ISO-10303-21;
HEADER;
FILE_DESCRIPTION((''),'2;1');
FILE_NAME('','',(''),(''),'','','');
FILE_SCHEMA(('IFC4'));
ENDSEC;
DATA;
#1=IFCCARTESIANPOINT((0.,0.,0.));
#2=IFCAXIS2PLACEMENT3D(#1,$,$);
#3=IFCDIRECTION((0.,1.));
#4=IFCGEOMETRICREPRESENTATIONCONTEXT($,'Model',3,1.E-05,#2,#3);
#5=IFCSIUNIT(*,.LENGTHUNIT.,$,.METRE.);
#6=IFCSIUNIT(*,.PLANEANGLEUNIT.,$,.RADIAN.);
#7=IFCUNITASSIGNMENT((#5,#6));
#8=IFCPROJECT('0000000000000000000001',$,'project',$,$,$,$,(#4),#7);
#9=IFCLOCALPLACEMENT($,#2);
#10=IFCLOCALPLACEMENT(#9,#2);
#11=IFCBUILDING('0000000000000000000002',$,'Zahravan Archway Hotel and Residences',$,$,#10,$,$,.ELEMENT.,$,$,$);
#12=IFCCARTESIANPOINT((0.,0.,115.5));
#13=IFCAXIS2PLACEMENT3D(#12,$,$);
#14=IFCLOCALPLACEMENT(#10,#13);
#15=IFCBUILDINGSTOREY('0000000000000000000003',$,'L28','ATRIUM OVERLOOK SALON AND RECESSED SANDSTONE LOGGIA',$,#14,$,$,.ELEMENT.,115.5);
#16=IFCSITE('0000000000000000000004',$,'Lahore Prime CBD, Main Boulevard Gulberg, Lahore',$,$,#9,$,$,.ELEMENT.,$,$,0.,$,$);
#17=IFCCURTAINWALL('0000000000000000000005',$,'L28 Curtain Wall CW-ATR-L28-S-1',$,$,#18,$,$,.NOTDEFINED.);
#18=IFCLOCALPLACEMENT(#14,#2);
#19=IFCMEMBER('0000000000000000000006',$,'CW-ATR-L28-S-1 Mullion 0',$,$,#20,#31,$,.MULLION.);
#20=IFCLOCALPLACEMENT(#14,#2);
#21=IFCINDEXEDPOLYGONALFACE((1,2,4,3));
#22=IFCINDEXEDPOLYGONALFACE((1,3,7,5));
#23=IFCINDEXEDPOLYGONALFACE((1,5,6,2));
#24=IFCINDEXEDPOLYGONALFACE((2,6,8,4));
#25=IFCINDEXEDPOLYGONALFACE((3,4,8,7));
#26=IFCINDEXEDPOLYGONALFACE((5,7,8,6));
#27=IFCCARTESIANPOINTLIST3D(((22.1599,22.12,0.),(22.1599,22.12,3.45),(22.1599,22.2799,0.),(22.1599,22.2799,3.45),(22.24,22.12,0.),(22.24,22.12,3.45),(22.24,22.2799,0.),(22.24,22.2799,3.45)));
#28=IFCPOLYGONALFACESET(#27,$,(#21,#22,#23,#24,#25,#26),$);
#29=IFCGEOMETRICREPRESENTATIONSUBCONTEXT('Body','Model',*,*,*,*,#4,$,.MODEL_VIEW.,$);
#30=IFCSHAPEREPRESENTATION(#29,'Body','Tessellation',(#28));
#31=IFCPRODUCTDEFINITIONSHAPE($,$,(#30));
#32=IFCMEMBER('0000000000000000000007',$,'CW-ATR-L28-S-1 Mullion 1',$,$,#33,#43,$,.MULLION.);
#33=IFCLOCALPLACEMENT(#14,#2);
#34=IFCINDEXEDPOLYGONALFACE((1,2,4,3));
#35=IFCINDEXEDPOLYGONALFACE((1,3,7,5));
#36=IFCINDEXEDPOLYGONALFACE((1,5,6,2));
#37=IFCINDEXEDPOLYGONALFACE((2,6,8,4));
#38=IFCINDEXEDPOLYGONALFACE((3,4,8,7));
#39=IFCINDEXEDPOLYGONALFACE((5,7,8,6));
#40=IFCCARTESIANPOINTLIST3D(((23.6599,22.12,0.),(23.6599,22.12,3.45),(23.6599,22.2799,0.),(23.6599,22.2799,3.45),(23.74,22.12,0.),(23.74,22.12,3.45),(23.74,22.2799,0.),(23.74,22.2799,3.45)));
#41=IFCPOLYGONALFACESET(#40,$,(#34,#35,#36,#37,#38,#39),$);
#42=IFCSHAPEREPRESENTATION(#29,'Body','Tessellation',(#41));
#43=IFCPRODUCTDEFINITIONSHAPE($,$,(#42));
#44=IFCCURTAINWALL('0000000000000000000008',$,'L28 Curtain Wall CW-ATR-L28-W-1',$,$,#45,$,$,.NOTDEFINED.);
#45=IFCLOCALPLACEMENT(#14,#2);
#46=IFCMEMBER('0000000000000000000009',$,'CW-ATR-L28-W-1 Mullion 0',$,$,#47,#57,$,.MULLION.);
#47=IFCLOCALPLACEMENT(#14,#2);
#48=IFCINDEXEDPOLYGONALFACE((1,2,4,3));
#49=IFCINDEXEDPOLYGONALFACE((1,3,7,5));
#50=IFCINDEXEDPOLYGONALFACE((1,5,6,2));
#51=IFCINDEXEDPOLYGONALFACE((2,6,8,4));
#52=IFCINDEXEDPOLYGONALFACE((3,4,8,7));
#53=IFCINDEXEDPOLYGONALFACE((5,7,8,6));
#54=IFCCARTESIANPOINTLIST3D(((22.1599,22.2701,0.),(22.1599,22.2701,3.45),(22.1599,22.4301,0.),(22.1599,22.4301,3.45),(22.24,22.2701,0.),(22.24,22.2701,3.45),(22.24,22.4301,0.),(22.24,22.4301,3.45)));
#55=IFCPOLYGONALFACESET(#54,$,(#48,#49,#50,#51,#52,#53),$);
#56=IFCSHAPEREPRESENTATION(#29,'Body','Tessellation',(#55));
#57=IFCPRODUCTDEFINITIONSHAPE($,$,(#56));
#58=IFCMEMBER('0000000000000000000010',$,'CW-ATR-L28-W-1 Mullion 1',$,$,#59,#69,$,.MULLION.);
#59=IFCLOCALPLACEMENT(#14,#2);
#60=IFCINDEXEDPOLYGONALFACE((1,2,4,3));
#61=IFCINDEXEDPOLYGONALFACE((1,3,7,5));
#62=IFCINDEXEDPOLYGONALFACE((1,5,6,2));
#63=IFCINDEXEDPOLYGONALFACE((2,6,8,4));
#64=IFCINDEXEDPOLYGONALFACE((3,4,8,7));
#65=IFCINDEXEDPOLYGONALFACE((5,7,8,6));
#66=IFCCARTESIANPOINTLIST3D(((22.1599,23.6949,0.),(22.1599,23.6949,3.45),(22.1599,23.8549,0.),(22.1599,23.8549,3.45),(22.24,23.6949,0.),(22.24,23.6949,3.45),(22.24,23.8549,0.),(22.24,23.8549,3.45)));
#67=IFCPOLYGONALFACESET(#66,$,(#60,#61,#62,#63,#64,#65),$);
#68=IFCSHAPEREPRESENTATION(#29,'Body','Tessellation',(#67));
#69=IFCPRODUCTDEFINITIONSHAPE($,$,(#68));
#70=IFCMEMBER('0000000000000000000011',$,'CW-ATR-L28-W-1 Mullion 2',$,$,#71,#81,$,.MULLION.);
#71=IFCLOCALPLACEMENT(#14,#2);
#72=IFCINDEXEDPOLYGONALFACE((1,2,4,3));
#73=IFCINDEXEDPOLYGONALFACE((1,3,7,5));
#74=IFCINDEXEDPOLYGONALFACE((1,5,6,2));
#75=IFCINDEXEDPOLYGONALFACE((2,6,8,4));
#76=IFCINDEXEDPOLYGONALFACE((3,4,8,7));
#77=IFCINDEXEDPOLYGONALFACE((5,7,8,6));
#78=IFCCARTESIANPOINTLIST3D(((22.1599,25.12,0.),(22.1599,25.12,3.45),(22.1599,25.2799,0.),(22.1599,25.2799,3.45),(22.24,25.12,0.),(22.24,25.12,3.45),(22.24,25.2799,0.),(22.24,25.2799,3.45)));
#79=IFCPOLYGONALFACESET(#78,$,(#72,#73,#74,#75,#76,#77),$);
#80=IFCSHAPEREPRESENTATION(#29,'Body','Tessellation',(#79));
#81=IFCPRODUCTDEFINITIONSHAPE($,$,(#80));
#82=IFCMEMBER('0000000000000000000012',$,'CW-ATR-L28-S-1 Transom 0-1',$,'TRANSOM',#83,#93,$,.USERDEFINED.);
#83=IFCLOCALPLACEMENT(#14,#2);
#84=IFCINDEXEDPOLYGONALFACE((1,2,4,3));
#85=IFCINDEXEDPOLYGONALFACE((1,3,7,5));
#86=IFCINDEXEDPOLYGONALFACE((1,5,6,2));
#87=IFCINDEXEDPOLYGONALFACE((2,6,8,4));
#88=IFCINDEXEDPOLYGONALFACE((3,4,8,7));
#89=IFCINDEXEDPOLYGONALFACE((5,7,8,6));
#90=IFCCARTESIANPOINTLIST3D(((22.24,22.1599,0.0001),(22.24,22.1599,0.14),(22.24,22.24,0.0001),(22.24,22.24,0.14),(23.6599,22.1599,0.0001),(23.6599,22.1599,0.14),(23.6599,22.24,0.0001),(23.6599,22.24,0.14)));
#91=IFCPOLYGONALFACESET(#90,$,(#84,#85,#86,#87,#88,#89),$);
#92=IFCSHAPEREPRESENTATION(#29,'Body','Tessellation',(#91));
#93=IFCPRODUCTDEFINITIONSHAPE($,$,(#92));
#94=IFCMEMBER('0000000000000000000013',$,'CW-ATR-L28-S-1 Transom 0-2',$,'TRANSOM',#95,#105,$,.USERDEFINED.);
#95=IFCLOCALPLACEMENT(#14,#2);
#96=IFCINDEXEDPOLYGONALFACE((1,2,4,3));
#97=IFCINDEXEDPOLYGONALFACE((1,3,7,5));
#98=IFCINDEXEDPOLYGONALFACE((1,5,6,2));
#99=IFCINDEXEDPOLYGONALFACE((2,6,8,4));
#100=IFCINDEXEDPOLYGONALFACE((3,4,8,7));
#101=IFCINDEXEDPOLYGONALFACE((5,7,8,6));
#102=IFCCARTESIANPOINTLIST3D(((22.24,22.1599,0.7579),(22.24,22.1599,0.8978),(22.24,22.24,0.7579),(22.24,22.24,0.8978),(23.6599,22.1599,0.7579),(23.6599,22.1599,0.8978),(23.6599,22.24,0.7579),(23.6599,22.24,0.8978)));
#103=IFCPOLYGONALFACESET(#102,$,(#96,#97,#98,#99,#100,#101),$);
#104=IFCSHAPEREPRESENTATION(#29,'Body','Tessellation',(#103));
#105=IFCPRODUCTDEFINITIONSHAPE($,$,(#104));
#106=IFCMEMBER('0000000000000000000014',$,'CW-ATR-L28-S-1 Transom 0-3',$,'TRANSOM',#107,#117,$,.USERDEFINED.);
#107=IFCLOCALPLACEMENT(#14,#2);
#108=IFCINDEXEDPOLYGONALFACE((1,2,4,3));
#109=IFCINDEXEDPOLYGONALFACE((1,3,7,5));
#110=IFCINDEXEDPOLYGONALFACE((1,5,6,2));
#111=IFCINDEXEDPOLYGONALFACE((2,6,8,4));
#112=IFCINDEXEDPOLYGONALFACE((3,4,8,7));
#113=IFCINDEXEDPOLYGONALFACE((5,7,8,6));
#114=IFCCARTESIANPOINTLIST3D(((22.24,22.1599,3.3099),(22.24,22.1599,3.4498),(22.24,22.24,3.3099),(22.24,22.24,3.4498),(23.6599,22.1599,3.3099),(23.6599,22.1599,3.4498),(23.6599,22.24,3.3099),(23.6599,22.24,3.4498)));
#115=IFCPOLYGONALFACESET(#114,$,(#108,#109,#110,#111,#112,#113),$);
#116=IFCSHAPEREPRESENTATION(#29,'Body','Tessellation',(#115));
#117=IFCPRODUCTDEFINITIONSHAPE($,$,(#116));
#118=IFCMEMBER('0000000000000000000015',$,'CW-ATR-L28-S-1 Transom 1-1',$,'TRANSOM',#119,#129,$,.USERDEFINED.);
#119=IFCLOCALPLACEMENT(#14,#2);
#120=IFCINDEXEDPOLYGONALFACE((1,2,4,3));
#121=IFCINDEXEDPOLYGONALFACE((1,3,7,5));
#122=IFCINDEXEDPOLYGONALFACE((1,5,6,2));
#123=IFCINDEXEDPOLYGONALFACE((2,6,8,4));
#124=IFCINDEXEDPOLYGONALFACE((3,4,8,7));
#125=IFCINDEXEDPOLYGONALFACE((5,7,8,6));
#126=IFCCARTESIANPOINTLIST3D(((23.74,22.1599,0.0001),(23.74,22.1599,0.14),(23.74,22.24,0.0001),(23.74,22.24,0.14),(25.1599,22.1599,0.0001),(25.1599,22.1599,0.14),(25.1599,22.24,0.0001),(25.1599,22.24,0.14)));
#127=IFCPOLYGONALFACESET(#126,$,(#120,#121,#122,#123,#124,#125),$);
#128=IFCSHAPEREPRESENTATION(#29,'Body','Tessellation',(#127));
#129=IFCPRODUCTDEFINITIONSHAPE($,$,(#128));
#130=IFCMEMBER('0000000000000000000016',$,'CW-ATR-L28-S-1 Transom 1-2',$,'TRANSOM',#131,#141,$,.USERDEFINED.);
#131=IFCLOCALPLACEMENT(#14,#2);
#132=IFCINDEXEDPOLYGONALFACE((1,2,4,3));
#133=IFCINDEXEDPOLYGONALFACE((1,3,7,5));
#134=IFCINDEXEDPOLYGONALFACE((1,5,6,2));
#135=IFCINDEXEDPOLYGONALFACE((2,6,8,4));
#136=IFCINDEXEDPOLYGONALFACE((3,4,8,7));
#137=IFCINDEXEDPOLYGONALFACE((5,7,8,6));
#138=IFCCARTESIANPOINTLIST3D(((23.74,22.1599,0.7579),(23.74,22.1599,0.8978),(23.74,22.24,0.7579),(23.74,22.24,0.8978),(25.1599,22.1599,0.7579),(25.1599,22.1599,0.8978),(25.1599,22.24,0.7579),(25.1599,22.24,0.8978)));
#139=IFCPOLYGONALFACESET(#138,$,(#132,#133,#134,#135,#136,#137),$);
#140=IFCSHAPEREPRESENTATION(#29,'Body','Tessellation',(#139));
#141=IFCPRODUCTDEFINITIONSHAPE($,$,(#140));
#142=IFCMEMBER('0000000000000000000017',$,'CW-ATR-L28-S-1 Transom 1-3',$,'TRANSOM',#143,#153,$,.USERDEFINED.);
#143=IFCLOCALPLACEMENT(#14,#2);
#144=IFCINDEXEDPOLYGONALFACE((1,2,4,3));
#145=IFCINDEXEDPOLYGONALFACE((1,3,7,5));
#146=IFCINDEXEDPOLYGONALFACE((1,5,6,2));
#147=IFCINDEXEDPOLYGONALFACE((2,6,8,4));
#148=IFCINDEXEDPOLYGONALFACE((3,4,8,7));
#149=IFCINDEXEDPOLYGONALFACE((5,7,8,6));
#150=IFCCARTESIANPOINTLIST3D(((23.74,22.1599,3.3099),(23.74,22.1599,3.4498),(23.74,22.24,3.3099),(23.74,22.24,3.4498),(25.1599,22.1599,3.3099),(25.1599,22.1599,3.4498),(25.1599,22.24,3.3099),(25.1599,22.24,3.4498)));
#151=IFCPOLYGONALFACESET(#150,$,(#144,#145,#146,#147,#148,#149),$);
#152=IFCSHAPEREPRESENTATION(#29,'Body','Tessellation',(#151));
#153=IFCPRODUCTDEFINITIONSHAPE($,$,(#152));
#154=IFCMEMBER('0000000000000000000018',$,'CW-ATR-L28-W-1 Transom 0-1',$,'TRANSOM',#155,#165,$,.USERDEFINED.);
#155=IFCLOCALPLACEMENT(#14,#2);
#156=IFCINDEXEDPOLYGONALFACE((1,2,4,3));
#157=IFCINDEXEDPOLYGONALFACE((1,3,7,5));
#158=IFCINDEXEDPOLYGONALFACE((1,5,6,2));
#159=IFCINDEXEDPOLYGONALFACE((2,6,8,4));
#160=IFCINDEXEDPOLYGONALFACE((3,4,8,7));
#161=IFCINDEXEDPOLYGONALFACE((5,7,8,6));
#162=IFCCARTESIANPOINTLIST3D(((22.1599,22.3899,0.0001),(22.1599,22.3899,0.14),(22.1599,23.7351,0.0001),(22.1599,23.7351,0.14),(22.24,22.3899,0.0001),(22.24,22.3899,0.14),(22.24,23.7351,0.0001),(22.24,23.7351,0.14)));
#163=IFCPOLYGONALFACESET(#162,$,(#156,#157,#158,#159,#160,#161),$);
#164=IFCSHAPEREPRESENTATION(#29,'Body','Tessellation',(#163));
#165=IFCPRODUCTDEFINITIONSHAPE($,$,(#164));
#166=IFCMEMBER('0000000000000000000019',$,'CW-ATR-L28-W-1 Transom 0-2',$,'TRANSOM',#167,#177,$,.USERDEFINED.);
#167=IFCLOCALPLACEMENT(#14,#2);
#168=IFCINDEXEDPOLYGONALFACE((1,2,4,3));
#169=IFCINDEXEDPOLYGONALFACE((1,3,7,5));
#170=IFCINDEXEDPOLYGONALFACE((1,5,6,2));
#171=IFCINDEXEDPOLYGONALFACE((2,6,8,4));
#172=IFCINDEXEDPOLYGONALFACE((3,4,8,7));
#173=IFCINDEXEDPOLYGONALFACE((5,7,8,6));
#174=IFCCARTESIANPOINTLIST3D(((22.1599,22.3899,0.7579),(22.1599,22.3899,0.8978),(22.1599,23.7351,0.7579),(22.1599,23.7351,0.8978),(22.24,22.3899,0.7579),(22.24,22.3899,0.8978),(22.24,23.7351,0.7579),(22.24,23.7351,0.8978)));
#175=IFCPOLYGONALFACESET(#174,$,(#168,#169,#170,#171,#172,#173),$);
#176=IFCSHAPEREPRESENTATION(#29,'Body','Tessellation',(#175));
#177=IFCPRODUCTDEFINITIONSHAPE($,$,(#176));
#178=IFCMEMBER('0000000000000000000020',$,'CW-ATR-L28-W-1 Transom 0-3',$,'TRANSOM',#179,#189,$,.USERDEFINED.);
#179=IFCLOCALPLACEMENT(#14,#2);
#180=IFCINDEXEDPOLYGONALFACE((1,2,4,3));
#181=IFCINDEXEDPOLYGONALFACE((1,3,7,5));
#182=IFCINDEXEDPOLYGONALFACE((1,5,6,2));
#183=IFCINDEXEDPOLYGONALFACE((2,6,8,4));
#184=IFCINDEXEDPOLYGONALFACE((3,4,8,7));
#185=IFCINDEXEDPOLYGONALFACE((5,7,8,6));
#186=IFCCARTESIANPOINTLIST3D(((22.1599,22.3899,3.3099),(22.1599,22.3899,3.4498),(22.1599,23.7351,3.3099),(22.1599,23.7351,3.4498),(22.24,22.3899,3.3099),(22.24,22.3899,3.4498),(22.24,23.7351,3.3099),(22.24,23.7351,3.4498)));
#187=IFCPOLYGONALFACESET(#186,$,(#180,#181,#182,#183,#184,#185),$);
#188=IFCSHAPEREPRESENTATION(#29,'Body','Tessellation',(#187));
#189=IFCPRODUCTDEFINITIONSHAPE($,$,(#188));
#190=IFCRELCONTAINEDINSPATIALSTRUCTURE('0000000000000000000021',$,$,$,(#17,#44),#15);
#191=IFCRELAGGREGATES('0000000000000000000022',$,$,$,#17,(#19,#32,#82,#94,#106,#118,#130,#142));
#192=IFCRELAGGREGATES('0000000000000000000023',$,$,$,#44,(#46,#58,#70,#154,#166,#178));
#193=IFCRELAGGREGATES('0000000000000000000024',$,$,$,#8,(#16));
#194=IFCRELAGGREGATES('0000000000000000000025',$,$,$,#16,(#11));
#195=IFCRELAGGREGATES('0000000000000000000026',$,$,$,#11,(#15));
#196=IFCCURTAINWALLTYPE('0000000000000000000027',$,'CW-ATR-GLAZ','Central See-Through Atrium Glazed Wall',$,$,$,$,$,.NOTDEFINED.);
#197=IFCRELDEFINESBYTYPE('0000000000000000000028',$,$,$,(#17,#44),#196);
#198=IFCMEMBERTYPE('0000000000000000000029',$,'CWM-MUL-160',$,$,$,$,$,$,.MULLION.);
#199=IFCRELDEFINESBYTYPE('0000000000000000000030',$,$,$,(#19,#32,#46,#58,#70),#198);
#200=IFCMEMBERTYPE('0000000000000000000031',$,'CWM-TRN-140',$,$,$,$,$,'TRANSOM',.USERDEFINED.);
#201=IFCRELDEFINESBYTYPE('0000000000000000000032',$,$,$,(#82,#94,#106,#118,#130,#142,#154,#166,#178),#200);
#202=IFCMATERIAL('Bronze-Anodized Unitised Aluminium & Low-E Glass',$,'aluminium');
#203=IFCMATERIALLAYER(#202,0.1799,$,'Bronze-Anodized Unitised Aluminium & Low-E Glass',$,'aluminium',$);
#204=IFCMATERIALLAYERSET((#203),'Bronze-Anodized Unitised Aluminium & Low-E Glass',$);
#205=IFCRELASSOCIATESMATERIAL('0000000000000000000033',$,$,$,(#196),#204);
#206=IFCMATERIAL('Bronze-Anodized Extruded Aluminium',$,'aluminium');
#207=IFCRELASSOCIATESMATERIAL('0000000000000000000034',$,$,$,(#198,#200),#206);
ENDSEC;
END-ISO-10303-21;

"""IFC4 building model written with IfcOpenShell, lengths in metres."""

from ifc_helpers import new_model, si_unit, direction, frame, origin, origin_2d, place, context, subcontext, project, spatial, rectangle, extrude, source, transform, mapped, material, layer, layer_set, material_profile, profile_set, type_object, element, aggregate, save


model = new_model("IFC4")

# Units and contexts
model_context = context("Model", 3, precision=1e-05, world=origin(), true_north=direction((0.0, 1.0)))
body_context = subcontext(model_context, "Body", "Model", "MODEL_VIEW")
ifc_project = project(units=[si_unit("LENGTHUNIT", "METRE"), si_unit("PLANEANGLEUNIT", "RADIAN")], contexts=[model_context])

# Site, building, storey
site_placement = place(None, origin())
site = spatial("IfcSite", under=ifc_project, at=site_placement, Name="Lahore Prime CBD, Main Boulevard Gulberg, Lahore", CompositionType="ELEMENT", RefElevation=0.0)
building_placement = place(site_placement, origin())
building = spatial("IfcBuilding", under=site, at=building_placement, Name="Zahravan Archway Hotel and Residences", CompositionType="ELEMENT")
storey_placement = place(building_placement, frame((0.0, 0.0, 115.5)))
storey = spatial("IfcBuildingStorey", under=building, at=storey_placement, Name="L28", Description="ATRIUM OVERLOOK SALON AND RECESSED SANDSTONE LOGGIA", CompositionType="ELEMENT", Elevation=115.5)

# Curtain walls, members
ifc_material_1 = material(Name="Bronze-Anodized Unitised Aluminium & Low-E Glass", Category="aluminium")
ifc_layer_1 = layer(ifc_material_1, 0.1799, Name="Bronze-Anodized Unitised Aluminium & Low-E Glass", Category="aluminium")
ifc_layer_set_1 = layer_set([ifc_layer_1], Name="Bronze-Anodized Unitised Aluminium & Low-E Glass")
curtain_wall_type = type_object("IfcCurtainWallType", Name="CW-ATR-GLAZ", Description="Central See-Through Atrium Glazed Wall", PredefinedType="NOTDEFINED", material=ifc_layer_set_1)
curtain_wall_1_placement = place(storey_placement, origin())
curtain_wall_1 = element("IfcCurtainWall", 1, at=curtain_wall_1_placement, inside=storey, type_object=curtain_wall_type, Name="L28 Curtain Wall CW-ATR-L28-S-1", PredefinedType="NOTDEFINED")
ifc_material_2 = material(Name="Bronze-Anodized Extruded Aluminium", Category="aluminium")
ifc_material_profile_1 = material_profile(ifc_material_2, rectangle(XDim=0.0801, YDim=0.1599, at=origin_2d()), Name="MUL 80x160", Category="aluminium")
ifc_profile_set_1 = profile_set([ifc_material_profile_1], Name="Bronze-Anodized Extruded Aluminium")
member_type_1 = type_object("IfcMemberType", Name="CWM-MUL-160", PredefinedType="MULLION", material=ifc_profile_set_1)
shared_shape_1 = source(origin(), body_context, "Body", "SweptSolid", [
    extrude(rectangle(XDim=0.0801, YDim=0.1599, at=origin_2d()), origin(), (0.0, 0.0, 1.0), 3.45),
])
member_1_placement = place(storey_placement, frame((22.2, 22.2, 0.0), z_axis=(0.0, 0.0, 1.0), x_axis=(1.0, 0.0, 0.0)))
member_1 = element("IfcMember", 2, at=member_1_placement, type_object=member_type_1, Name="CW-ATR-L28-S-1 Mullion 0", PredefinedType="MULLION", context=body_context, shape_type="MappedRepresentation", body=[
    mapped(shared_shape_1, transform((0.0, 0.0, 0.0), scale=1.0)),
])
member_2_placement = place(storey_placement, frame((23.7, 22.2, 0.0), z_axis=(0.0, 0.0, 1.0), x_axis=(1.0, 0.0, 0.0)))
member_2 = element("IfcMember", 3, at=member_2_placement, type_object=member_type_1, Name="CW-ATR-L28-S-1 Mullion 1", PredefinedType="MULLION", context=body_context, shape_type="MappedRepresentation", body=[
    mapped(shared_shape_1, transform((0.0, 0.0, 0.0), scale=1.0)),
])
curtain_wall_2_placement = place(storey_placement, origin())
curtain_wall_2 = element("IfcCurtainWall", 4, at=curtain_wall_2_placement, inside=storey, type_object=curtain_wall_type, Name="L28 Curtain Wall CW-ATR-L28-W-1", PredefinedType="NOTDEFINED")
member_3_placement = place(storey_placement, frame((22.2, 22.3501, 0.0), z_axis=(0.0, 0.0, 1.0), x_axis=(1.0, 0.0, 0.0)))
member_3 = element("IfcMember", 5, at=member_3_placement, type_object=member_type_1, Name="CW-ATR-L28-W-1 Mullion 0", PredefinedType="MULLION", context=body_context, shape_type="MappedRepresentation", body=[
    mapped(shared_shape_1, transform((0.0, 0.0, 0.0), scale=1.0)),
])
member_4_placement = place(storey_placement, frame((22.2, 23.7749, 0.0), z_axis=(0.0, 0.0, 1.0), x_axis=(1.0, 0.0, 0.0)))
member_4 = element("IfcMember", 6, at=member_4_placement, type_object=member_type_1, Name="CW-ATR-L28-W-1 Mullion 1", PredefinedType="MULLION", context=body_context, shape_type="MappedRepresentation", body=[
    mapped(shared_shape_1, transform((0.0, 0.0, 0.0), scale=1.0)),
])
member_5_placement = place(storey_placement, frame((22.2, 25.2, 0.0), z_axis=(0.0, 0.0, 1.0), x_axis=(1.0, 0.0, 0.0)))
member_5 = element("IfcMember", 7, at=member_5_placement, type_object=member_type_1, Name="CW-ATR-L28-W-1 Mullion 2", PredefinedType="MULLION", context=body_context, shape_type="MappedRepresentation", body=[
    mapped(shared_shape_1, transform((0.0, 0.0, 0.0), scale=1.0)),
])

# Members
ifc_material_profile_2 = material_profile(ifc_material_2, rectangle(XDim=0.0801, YDim=0.1399, at=origin_2d()), Name="TRN 80x140", Category="aluminium")
ifc_profile_set_2 = profile_set([ifc_material_profile_2], Name="Bronze-Anodized Extruded Aluminium")
member_type_2 = type_object("IfcMemberType", Name="CWM-TRN-140", ElementType="TRANSOM", PredefinedType="USERDEFINED", material=ifc_profile_set_2)
shared_shape_2 = source(origin(), body_context, "Body", "SweptSolid", [
    extrude(rectangle(XDim=0.0801, YDim=0.1399, at=origin_2d()), origin(), (0.0, 0.0, 1.0), 1.4199),
])
member_6_placement = place(storey_placement, frame((22.24, 22.2, 0.0701), z_axis=(1.0, 0.0, 0.0), x_axis=(0.0, 1.0, 0.0)))
member_6 = element("IfcMember", 8, at=member_6_placement, type_object=member_type_2, Name="CW-ATR-L28-S-1 Transom 0-1", ObjectType="TRANSOM", PredefinedType="USERDEFINED", context=body_context, shape_type="MappedRepresentation", body=[
    mapped(shared_shape_2, transform((0.0, 0.0, 0.0), scale=1.0)),
])
member_7_placement = place(storey_placement, frame((22.24, 22.2, 0.8279), z_axis=(1.0, 0.0, 0.0), x_axis=(0.0, 1.0, 0.0)))
member_7 = element("IfcMember", 9, at=member_7_placement, type_object=member_type_2, Name="CW-ATR-L28-S-1 Transom 0-2", ObjectType="TRANSOM", PredefinedType="USERDEFINED", context=body_context, shape_type="MappedRepresentation", body=[
    mapped(shared_shape_2, transform((0.0, 0.0, 0.0), scale=1.0)),
])
member_8_placement = place(storey_placement, frame((22.24, 22.2, 3.3799), z_axis=(1.0, 0.0, 0.0), x_axis=(0.0, 1.0, 0.0)))
member_8 = element("IfcMember", 10, at=member_8_placement, type_object=member_type_2, Name="CW-ATR-L28-S-1 Transom 0-3", ObjectType="TRANSOM", PredefinedType="USERDEFINED", context=body_context, shape_type="MappedRepresentation", body=[
    mapped(shared_shape_2, transform((0.0, 0.0, 0.0), scale=1.0)),
])
member_9_placement = place(storey_placement, frame((23.74, 22.2, 0.0701), z_axis=(1.0, 0.0, 0.0), x_axis=(0.0, 1.0, 0.0)))
member_9 = element("IfcMember", 11, at=member_9_placement, type_object=member_type_2, Name="CW-ATR-L28-S-1 Transom 1-1", ObjectType="TRANSOM", PredefinedType="USERDEFINED", context=body_context, shape_type="MappedRepresentation", body=[
    mapped(shared_shape_2, transform((0.0, 0.0, 0.0), scale=1.0)),
])
member_10_placement = place(storey_placement, frame((23.74, 22.2, 0.8279), z_axis=(1.0, 0.0, 0.0), x_axis=(0.0, 1.0, 0.0)))
member_10 = element("IfcMember", 12, at=member_10_placement, type_object=member_type_2, Name="CW-ATR-L28-S-1 Transom 1-2", ObjectType="TRANSOM", PredefinedType="USERDEFINED", context=body_context, shape_type="MappedRepresentation", body=[
    mapped(shared_shape_2, transform((0.0, 0.0, 0.0), scale=1.0)),
])
member_11_placement = place(storey_placement, frame((23.74, 22.2, 3.3799), z_axis=(1.0, 0.0, 0.0), x_axis=(0.0, 1.0, 0.0)))
member_11 = element("IfcMember", 13, at=member_11_placement, type_object=member_type_2, Name="CW-ATR-L28-S-1 Transom 1-3", ObjectType="TRANSOM", PredefinedType="USERDEFINED", context=body_context, shape_type="MappedRepresentation", body=[
    mapped(shared_shape_2, transform((0.0, 0.0, 0.0), scale=1.0)),
])
shared_shape_3 = source(origin(), body_context, "Body", "SweptSolid", [
    extrude(rectangle(XDim=0.0801, YDim=0.1399, at=origin_2d()), origin(), (0.0, 0.0, 1.0), 1.3452),
])
member_12_placement = place(storey_placement, frame((22.2, 22.3899, 0.0701), z_axis=(0.0, 1.0, 0.0), x_axis=(-1.0, 0.0, 0.0)))
member_12 = element("IfcMember", 14, at=member_12_placement, type_object=member_type_2, Name="CW-ATR-L28-W-1 Transom 0-1", ObjectType="TRANSOM", PredefinedType="USERDEFINED", context=body_context, shape_type="MappedRepresentation", body=[
    mapped(shared_shape_3, transform((0.0, 0.0, 0.0), scale=1.0)),
])
member_13_placement = place(storey_placement, frame((22.2, 22.3899, 0.8279), z_axis=(0.0, 1.0, 0.0), x_axis=(-1.0, 0.0, 0.0)))
member_13 = element("IfcMember", 15, at=member_13_placement, type_object=member_type_2, Name="CW-ATR-L28-W-1 Transom 0-2", ObjectType="TRANSOM", PredefinedType="USERDEFINED", context=body_context, shape_type="MappedRepresentation", body=[
    mapped(shared_shape_3, transform((0.0, 0.0, 0.0), scale=1.0)),
])
member_14_placement = place(storey_placement, frame((22.2, 22.3899, 3.3799), z_axis=(0.0, 1.0, 0.0), x_axis=(-1.0, 0.0, 0.0)))
member_14 = element("IfcMember", 16, at=member_14_placement, type_object=member_type_2, Name="CW-ATR-L28-W-1 Transom 0-3", ObjectType="TRANSOM", PredefinedType="USERDEFINED", context=body_context, shape_type="MappedRepresentation", body=[
    mapped(shared_shape_3, transform((0.0, 0.0, 0.0), scale=1.0)),
])

aggregate(curtain_wall_1, [member_1, member_2, member_6, member_7, member_8, member_9, member_10, member_11])
aggregate(curtain_wall_2, [member_3, member_4, member_5, member_12, member_13, member_14])

save(model, "model.ifc")
